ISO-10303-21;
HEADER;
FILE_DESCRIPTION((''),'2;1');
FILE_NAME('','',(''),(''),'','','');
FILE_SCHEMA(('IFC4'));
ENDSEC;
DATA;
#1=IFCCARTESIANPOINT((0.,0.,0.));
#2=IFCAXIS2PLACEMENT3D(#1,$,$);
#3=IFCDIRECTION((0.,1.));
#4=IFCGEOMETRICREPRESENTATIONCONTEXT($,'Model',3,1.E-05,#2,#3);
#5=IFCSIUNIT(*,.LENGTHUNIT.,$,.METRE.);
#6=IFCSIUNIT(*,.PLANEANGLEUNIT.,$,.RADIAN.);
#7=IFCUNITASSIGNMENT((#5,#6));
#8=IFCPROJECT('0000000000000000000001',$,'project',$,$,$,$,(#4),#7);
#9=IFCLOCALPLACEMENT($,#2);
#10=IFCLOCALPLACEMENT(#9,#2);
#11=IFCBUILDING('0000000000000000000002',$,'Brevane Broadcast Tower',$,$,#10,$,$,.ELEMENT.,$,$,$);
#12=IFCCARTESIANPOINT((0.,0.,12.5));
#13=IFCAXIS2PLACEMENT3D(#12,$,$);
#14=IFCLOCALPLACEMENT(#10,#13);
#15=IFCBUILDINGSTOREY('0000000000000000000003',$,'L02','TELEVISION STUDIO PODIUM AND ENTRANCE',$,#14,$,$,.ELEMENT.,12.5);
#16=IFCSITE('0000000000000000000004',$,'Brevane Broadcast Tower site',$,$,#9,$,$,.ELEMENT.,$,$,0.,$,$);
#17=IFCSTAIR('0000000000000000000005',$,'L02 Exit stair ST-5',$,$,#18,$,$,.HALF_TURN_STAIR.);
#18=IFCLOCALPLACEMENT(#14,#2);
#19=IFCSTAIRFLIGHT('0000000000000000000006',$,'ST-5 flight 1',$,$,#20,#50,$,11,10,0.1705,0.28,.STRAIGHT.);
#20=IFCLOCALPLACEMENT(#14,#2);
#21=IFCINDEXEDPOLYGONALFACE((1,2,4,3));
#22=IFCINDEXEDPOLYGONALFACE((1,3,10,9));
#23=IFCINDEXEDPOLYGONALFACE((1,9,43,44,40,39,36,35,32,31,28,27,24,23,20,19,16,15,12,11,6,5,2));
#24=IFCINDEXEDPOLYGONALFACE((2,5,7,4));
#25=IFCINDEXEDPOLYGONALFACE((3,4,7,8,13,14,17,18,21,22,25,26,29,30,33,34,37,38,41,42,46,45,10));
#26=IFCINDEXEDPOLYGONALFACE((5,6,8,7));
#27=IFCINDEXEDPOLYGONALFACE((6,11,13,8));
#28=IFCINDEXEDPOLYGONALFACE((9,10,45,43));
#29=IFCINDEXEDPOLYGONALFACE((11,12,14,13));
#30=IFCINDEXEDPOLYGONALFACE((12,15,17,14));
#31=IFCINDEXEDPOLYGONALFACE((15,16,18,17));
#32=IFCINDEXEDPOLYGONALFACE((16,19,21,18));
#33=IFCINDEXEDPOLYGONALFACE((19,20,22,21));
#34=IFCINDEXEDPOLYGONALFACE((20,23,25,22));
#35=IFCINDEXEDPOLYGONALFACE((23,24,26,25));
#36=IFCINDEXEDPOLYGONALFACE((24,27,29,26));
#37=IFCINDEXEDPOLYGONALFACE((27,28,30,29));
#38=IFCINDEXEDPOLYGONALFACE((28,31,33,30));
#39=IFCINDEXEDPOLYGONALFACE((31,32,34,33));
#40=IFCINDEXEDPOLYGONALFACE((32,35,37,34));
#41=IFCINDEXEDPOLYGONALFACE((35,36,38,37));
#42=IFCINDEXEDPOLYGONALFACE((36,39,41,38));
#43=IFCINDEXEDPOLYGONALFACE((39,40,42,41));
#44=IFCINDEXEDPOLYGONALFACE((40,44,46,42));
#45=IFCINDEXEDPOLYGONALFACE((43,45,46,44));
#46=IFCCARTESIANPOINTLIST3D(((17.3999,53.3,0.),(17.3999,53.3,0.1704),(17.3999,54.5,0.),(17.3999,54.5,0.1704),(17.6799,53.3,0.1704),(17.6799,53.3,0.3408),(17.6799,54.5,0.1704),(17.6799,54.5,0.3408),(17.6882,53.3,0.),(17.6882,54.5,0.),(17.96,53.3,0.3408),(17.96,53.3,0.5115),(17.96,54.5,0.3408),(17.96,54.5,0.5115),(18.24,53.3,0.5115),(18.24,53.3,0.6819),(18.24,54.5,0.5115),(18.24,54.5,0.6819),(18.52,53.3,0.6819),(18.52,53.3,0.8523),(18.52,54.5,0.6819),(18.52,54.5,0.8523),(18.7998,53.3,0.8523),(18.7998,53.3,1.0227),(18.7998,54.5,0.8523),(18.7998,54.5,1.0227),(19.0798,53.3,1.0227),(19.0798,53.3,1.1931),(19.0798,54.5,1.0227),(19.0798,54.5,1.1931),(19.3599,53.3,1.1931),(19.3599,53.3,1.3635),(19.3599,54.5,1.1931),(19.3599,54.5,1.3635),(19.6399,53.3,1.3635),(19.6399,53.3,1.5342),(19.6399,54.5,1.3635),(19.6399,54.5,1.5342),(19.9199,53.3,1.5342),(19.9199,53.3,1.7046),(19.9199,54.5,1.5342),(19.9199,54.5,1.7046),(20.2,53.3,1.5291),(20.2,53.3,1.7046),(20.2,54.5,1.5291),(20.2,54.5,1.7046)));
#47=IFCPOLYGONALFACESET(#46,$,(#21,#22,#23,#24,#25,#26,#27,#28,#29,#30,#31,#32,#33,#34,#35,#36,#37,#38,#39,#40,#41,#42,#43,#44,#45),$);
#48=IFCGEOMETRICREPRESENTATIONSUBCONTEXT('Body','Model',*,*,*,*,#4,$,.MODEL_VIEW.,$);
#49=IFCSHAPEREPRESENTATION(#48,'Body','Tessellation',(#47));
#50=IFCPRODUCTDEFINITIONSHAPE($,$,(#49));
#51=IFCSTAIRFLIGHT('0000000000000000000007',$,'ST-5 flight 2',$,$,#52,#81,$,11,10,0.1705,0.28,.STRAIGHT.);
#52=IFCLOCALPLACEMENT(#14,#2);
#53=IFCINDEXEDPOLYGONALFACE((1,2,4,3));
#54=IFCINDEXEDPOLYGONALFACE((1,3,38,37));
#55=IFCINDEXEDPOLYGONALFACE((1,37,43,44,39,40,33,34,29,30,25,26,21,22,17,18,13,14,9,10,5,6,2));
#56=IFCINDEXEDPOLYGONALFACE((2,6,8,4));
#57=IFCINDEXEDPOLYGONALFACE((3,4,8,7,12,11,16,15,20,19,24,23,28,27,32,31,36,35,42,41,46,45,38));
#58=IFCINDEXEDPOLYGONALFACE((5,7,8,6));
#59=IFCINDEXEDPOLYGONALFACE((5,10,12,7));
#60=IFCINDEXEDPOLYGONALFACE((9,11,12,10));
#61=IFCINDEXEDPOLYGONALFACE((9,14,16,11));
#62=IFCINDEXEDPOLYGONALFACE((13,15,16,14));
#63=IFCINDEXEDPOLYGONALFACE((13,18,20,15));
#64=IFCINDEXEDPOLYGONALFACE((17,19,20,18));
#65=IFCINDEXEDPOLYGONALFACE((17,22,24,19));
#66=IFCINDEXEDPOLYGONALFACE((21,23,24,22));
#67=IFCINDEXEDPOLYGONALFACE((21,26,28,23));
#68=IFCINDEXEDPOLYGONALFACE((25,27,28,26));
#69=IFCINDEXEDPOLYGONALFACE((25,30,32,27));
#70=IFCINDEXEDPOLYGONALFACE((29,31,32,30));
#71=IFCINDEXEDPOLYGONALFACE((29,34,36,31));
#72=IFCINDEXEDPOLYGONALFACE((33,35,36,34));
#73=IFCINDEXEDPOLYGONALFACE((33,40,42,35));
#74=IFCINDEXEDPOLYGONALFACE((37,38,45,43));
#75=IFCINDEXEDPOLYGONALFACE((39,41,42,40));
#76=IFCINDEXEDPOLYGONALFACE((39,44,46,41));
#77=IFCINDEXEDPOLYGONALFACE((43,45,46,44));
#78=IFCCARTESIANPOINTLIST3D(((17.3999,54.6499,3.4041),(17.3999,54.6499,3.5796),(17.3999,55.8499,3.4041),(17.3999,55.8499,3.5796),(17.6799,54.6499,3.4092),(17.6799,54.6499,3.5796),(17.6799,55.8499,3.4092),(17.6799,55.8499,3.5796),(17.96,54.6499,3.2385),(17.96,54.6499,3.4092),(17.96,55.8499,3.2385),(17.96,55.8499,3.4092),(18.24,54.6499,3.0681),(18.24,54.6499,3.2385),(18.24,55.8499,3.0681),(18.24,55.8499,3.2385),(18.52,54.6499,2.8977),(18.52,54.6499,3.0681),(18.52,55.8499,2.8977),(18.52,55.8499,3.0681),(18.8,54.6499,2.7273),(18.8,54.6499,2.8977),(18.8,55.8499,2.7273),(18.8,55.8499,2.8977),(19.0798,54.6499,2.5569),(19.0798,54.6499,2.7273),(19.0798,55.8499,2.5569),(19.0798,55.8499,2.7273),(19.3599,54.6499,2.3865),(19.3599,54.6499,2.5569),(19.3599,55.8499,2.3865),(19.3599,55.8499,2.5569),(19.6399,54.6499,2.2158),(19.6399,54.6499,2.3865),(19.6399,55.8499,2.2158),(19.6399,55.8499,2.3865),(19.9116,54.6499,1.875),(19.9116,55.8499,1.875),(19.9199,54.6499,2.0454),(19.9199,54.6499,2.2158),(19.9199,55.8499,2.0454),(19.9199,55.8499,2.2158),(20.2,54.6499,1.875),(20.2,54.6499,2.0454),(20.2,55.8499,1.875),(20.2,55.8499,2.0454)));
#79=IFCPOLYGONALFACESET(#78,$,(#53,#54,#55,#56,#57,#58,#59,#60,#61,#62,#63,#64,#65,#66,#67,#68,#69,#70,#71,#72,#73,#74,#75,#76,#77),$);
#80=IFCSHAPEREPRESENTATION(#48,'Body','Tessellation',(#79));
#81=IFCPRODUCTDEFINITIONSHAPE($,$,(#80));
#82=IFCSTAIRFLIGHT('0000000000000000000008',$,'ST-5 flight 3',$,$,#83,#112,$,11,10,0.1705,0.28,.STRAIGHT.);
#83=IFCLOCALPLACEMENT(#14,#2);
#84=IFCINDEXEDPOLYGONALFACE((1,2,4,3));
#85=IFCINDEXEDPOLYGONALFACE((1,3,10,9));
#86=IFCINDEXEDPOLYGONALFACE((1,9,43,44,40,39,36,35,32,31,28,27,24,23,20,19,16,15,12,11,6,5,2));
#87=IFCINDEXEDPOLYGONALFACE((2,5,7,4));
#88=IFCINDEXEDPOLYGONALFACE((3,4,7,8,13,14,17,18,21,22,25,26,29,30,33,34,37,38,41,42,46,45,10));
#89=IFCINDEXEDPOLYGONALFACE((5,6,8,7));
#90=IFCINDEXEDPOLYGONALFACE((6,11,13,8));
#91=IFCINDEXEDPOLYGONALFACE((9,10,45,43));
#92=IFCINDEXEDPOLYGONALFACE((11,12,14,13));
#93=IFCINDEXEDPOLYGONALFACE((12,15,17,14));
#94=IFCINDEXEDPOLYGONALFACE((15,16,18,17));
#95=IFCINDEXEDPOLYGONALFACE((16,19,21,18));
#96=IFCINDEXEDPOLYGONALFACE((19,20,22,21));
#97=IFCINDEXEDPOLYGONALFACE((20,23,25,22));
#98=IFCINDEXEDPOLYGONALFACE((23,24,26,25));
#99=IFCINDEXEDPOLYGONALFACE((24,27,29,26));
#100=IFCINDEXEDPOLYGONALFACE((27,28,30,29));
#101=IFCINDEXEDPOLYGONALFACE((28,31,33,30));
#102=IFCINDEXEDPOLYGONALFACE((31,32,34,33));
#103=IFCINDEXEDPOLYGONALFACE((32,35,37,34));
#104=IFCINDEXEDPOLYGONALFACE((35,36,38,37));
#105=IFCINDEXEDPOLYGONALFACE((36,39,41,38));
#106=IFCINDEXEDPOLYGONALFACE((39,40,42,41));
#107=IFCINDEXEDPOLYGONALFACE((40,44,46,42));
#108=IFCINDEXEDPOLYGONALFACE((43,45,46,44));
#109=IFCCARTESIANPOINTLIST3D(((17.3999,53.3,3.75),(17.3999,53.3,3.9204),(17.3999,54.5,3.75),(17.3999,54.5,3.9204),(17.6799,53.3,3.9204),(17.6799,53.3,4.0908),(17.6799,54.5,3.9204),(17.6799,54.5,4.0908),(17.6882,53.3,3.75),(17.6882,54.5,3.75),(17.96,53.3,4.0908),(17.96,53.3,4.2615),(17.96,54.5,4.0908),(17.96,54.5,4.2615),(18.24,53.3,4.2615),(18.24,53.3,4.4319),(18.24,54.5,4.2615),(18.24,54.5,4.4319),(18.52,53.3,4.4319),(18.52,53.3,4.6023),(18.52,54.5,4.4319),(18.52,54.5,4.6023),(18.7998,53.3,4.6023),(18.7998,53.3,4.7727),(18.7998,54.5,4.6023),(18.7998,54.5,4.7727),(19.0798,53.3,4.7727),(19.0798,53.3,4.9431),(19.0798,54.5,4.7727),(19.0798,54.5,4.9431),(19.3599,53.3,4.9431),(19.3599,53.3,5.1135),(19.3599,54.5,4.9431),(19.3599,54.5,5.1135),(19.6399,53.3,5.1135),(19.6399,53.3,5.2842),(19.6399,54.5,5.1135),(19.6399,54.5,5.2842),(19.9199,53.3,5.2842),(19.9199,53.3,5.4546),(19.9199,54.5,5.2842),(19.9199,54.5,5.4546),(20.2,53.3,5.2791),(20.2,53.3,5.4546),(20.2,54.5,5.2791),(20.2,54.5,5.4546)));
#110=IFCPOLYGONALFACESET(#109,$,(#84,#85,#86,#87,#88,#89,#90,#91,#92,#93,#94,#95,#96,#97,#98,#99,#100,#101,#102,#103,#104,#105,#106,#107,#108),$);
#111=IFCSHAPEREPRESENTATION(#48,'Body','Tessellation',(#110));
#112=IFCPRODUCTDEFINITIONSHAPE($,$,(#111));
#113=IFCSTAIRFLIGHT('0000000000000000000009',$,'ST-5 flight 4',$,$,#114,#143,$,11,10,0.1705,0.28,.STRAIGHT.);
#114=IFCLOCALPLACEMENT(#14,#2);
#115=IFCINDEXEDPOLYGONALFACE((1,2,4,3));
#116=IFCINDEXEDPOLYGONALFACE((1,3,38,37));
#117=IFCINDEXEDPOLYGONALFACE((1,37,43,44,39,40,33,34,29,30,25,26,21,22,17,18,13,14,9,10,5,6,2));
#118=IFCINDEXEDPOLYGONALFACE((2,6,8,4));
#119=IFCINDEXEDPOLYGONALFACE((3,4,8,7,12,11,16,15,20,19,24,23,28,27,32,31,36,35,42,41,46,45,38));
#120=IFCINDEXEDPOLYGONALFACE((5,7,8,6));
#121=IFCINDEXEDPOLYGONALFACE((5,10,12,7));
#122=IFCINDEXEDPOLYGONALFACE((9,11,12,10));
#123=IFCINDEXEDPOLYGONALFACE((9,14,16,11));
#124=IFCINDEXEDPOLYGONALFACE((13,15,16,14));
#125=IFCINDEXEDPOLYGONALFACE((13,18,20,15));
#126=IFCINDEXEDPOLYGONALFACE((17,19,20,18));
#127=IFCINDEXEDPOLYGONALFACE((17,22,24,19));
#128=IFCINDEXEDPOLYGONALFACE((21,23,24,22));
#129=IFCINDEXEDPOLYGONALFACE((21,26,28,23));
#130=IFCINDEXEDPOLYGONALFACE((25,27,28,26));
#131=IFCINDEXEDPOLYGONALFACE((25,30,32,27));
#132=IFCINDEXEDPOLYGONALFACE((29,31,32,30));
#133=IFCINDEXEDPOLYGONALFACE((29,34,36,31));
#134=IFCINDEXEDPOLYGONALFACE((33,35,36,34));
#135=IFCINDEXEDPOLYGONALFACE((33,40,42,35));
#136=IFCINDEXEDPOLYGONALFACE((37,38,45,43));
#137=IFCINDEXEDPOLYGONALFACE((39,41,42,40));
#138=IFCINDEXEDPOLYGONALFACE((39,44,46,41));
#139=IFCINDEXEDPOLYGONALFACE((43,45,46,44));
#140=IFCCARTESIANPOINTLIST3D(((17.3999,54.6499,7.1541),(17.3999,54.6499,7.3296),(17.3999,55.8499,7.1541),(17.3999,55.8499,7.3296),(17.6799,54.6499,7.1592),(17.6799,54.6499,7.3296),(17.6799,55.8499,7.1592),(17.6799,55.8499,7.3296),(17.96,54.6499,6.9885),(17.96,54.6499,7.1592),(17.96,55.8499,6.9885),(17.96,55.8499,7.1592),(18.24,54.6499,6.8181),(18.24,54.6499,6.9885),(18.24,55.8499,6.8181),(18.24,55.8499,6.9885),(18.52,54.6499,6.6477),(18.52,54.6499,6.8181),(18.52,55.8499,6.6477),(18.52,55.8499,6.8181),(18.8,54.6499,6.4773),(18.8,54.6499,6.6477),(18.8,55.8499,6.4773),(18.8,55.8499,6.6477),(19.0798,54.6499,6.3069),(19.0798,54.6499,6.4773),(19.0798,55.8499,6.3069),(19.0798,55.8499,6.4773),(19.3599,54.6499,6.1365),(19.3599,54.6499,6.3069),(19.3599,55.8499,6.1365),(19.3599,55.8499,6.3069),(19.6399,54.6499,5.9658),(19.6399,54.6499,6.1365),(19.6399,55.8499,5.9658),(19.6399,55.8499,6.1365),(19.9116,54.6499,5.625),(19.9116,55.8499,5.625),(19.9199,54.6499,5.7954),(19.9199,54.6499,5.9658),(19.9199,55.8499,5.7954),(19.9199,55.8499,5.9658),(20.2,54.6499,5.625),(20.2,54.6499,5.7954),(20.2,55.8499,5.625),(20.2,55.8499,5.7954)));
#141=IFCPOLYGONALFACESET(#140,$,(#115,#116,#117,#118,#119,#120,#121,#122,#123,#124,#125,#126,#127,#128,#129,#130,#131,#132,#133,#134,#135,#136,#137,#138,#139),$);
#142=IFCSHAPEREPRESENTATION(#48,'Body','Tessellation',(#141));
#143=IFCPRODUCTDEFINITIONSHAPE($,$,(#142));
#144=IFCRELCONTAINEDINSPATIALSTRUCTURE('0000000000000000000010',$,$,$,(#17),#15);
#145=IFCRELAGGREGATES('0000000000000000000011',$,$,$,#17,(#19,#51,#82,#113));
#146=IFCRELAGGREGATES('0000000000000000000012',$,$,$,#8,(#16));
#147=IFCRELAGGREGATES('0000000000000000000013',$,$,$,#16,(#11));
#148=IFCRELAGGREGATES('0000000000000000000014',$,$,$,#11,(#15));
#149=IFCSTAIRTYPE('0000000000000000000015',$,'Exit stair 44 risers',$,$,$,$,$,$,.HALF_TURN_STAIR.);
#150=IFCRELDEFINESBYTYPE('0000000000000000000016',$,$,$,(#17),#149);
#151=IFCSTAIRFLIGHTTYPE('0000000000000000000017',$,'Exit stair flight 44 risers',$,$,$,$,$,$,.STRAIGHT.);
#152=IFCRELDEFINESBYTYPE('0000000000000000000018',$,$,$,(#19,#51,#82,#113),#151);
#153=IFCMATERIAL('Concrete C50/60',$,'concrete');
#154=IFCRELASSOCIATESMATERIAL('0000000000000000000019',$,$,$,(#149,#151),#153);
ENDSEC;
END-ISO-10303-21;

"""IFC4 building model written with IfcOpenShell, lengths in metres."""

from ifc_helpers import new_model, si_unit, direction, frame, origin, place, context, subcontext, project, spatial, polyline, outline, extrude, material, type_object, element, aggregate, save


model = new_model("IFC4")

# Units and contexts
model_context = context("Model", 3, precision=1e-05, world=origin(), true_north=direction((0.0, 1.0)))
body_context = subcontext(model_context, "Body", "Model", "MODEL_VIEW")
ifc_project = project(units=[si_unit("LENGTHUNIT", "METRE"), si_unit("PLANEANGLEUNIT", "RADIAN")], contexts=[model_context])

# Site, building, storey
site_placement = place(None, origin())
site = spatial("IfcSite", under=ifc_project, at=site_placement, Name="Brevane Broadcast Tower site", CompositionType="ELEMENT", RefElevation=0.0)
building_placement = place(site_placement, origin())
building = spatial("IfcBuilding", under=site, at=building_placement, Name="Brevane Broadcast Tower", CompositionType="ELEMENT")
storey_placement = place(building_placement, frame((0.0, 0.0, 12.5)))
storey = spatial("IfcBuildingStorey", under=building, at=storey_placement, Name="L02", Description="TELEVISION STUDIO PODIUM AND ENTRANCE", CompositionType="ELEMENT", Elevation=12.5)

# Stair, stair flights
ifc_material_1 = material(Name="Concrete C50/60", Category="concrete")
stair_type = type_object("IfcStairType", Name="Exit stair 44 risers", PredefinedType="HALF_TURN_STAIR", material=ifc_material_1)
stair_placement = place(storey_placement, origin())
stair = element("IfcStair", 1, at=stair_placement, inside=storey, type_object=stair_type, Name="L02 Exit stair ST-5", PredefinedType="HALF_TURN_STAIR")
stair_flight_type = type_object("IfcStairFlightType", Name="Exit stair flight 44 risers", PredefinedType="STRAIGHT", material=ifc_material_1)
stair_flight_1_placement = place(storey_placement, frame((17.3999, 53.8999, 0.0), z_axis=(0.0, 0.0, 1.0), x_axis=(1.0, 0.0, 0.0)))
stair_flight_1 = element("IfcStairFlight", 2, at=stair_flight_1_placement, type_object=stair_flight_type, Name="ST-5 flight 1", NumberOfRisers=11, NumberOfTreads=10, PredefinedType="STRAIGHT", RiserHeight=0.1705, TreadLength=0.28, context=body_context, shape_type="SweptSolid", body=[
    extrude(outline(polyline([(0.0, 0.0), (0.0, 0.1704), (0.28, 0.1704), (0.28, 0.3408), (0.5601, 0.3408), (0.5601, 0.5115), (0.8401, 0.5115), (0.8401, 0.6819), (1.1201, 0.6819), (1.1201, 0.8523), (1.3999, 0.8523), (1.3999, 1.0227), (1.6799, 1.0227), (1.6799, 1.1931), (1.96, 1.1931), (1.96, 1.3635), (2.24, 1.3635), (2.24, 1.5342), (2.52, 1.5342), (2.52, 1.7046), (2.8, 1.7046), (2.8, 1.875), (2.8, 1.5291), (0.2883, 0.0), (0.0, 0.0)])), frame((0.0, 0.6001, 0.0), z_axis=(0.0, -1.0, 0.0), x_axis=(1.0, 0.0, 0.0)), (0.0, 0.0, 1.0), 1.2),
])
stair_flight_2_placement = place(storey_placement, frame((20.2, 55.25, 1.875), z_axis=(0.0, 0.0, 1.0), x_axis=(-1.0, 0.0, 0.0)))
stair_flight_2 = element("IfcStairFlight", 3, at=stair_flight_2_placement, type_object=stair_flight_type, Name="ST-5 flight 2", NumberOfRisers=11, NumberOfTreads=10, PredefinedType="STRAIGHT", RiserHeight=0.1705, TreadLength=0.28, context=body_context, shape_type="SweptSolid", body=[
    extrude(outline(polyline([(0.0, 0.0), (0.0, 0.1704), (0.28, 0.1704), (0.28, 0.3408), (0.5601, 0.3408), (0.5601, 0.5115), (0.8401, 0.5115), (0.8401, 0.6819), (1.1201, 0.6819), (1.1201, 0.8523), (1.3999, 0.8523), (1.3999, 1.0227), (1.6799, 1.0227), (1.6799, 1.1931), (1.96, 1.1931), (1.96, 1.3635), (2.24, 1.3635), (2.24, 1.5342), (2.52, 1.5342), (2.52, 1.7046), (2.8, 1.7046), (2.8, 1.875), (2.8, 1.5291), (0.2883, 0.0), (0.0, 0.0)])), frame((0.0, 0.6001, 0.0), z_axis=(0.0, -1.0, 0.0), x_axis=(1.0, 0.0, 0.0)), (0.0, 0.0, 1.0), 1.2),
])
stair_flight_3_placement = place(storey_placement, frame((17.3999, 53.8999, 3.75), z_axis=(0.0, 0.0, 1.0), x_axis=(1.0, 0.0, 0.0)))
stair_flight_3 = element("IfcStairFlight", 4, at=stair_flight_3_placement, type_object=stair_flight_type, Name="ST-5 flight 3", NumberOfRisers=11, NumberOfTreads=10, PredefinedType="STRAIGHT", RiserHeight=0.1705, TreadLength=0.28, context=body_context, shape_type="SweptSolid", body=[
    extrude(outline(polyline([(0.0, 0.0), (0.0, 0.1704), (0.28, 0.1704), (0.28, 0.3408), (0.5601, 0.3408), (0.5601, 0.5115), (0.8401, 0.5115), (0.8401, 0.6819), (1.1201, 0.6819), (1.1201, 0.8523), (1.3999, 0.8523), (1.3999, 1.0227), (1.6799, 1.0227), (1.6799, 1.1931), (1.96, 1.1931), (1.96, 1.3635), (2.24, 1.3635), (2.24, 1.5342), (2.52, 1.5342), (2.52, 1.7046), (2.8, 1.7046), (2.8, 1.875), (2.8, 1.5291), (0.2883, 0.0), (0.0, 0.0)])), frame((0.0, 0.6001, 0.0), z_axis=(0.0, -1.0, 0.0), x_axis=(1.0, 0.0, 0.0)), (0.0, 0.0, 1.0), 1.2),
])
stair_flight_4_placement = place(storey_placement, frame((20.2, 55.25, 5.625), z_axis=(0.0, 0.0, 1.0), x_axis=(-1.0, 0.0, 0.0)))
stair_flight_4 = element("IfcStairFlight", 5, at=stair_flight_4_placement, type_object=stair_flight_type, Name="ST-5 flight 4", NumberOfRisers=11, NumberOfTreads=10, PredefinedType="STRAIGHT", RiserHeight=0.1705, TreadLength=0.28, context=body_context, shape_type="SweptSolid", body=[
    extrude(outline(polyline([(0.0, 0.0), (0.0, 0.1704), (0.28, 0.1704), (0.28, 0.3408), (0.5601, 0.3408), (0.5601, 0.5115), (0.8401, 0.5115), (0.8401, 0.6819), (1.1201, 0.6819), (1.1201, 0.8523), (1.3999, 0.8523), (1.3999, 1.0227), (1.6799, 1.0227), (1.6799, 1.1931), (1.96, 1.1931), (1.96, 1.3635), (2.24, 1.3635), (2.24, 1.5342), (2.52, 1.5342), (2.52, 1.7046), (2.8, 1.7046), (2.8, 1.875), (2.8, 1.5291), (0.2883, 0.0), (0.0, 0.0)])), frame((0.0, 0.6001, 0.0), z_axis=(0.0, -1.0, 0.0), x_axis=(1.0, 0.0, 0.0)), (0.0, 0.0, 1.0), 1.2),
])
aggregate(stair, [stair_flight_1, stair_flight_2, stair_flight_3, stair_flight_4])

save(model, "model.ifc")
